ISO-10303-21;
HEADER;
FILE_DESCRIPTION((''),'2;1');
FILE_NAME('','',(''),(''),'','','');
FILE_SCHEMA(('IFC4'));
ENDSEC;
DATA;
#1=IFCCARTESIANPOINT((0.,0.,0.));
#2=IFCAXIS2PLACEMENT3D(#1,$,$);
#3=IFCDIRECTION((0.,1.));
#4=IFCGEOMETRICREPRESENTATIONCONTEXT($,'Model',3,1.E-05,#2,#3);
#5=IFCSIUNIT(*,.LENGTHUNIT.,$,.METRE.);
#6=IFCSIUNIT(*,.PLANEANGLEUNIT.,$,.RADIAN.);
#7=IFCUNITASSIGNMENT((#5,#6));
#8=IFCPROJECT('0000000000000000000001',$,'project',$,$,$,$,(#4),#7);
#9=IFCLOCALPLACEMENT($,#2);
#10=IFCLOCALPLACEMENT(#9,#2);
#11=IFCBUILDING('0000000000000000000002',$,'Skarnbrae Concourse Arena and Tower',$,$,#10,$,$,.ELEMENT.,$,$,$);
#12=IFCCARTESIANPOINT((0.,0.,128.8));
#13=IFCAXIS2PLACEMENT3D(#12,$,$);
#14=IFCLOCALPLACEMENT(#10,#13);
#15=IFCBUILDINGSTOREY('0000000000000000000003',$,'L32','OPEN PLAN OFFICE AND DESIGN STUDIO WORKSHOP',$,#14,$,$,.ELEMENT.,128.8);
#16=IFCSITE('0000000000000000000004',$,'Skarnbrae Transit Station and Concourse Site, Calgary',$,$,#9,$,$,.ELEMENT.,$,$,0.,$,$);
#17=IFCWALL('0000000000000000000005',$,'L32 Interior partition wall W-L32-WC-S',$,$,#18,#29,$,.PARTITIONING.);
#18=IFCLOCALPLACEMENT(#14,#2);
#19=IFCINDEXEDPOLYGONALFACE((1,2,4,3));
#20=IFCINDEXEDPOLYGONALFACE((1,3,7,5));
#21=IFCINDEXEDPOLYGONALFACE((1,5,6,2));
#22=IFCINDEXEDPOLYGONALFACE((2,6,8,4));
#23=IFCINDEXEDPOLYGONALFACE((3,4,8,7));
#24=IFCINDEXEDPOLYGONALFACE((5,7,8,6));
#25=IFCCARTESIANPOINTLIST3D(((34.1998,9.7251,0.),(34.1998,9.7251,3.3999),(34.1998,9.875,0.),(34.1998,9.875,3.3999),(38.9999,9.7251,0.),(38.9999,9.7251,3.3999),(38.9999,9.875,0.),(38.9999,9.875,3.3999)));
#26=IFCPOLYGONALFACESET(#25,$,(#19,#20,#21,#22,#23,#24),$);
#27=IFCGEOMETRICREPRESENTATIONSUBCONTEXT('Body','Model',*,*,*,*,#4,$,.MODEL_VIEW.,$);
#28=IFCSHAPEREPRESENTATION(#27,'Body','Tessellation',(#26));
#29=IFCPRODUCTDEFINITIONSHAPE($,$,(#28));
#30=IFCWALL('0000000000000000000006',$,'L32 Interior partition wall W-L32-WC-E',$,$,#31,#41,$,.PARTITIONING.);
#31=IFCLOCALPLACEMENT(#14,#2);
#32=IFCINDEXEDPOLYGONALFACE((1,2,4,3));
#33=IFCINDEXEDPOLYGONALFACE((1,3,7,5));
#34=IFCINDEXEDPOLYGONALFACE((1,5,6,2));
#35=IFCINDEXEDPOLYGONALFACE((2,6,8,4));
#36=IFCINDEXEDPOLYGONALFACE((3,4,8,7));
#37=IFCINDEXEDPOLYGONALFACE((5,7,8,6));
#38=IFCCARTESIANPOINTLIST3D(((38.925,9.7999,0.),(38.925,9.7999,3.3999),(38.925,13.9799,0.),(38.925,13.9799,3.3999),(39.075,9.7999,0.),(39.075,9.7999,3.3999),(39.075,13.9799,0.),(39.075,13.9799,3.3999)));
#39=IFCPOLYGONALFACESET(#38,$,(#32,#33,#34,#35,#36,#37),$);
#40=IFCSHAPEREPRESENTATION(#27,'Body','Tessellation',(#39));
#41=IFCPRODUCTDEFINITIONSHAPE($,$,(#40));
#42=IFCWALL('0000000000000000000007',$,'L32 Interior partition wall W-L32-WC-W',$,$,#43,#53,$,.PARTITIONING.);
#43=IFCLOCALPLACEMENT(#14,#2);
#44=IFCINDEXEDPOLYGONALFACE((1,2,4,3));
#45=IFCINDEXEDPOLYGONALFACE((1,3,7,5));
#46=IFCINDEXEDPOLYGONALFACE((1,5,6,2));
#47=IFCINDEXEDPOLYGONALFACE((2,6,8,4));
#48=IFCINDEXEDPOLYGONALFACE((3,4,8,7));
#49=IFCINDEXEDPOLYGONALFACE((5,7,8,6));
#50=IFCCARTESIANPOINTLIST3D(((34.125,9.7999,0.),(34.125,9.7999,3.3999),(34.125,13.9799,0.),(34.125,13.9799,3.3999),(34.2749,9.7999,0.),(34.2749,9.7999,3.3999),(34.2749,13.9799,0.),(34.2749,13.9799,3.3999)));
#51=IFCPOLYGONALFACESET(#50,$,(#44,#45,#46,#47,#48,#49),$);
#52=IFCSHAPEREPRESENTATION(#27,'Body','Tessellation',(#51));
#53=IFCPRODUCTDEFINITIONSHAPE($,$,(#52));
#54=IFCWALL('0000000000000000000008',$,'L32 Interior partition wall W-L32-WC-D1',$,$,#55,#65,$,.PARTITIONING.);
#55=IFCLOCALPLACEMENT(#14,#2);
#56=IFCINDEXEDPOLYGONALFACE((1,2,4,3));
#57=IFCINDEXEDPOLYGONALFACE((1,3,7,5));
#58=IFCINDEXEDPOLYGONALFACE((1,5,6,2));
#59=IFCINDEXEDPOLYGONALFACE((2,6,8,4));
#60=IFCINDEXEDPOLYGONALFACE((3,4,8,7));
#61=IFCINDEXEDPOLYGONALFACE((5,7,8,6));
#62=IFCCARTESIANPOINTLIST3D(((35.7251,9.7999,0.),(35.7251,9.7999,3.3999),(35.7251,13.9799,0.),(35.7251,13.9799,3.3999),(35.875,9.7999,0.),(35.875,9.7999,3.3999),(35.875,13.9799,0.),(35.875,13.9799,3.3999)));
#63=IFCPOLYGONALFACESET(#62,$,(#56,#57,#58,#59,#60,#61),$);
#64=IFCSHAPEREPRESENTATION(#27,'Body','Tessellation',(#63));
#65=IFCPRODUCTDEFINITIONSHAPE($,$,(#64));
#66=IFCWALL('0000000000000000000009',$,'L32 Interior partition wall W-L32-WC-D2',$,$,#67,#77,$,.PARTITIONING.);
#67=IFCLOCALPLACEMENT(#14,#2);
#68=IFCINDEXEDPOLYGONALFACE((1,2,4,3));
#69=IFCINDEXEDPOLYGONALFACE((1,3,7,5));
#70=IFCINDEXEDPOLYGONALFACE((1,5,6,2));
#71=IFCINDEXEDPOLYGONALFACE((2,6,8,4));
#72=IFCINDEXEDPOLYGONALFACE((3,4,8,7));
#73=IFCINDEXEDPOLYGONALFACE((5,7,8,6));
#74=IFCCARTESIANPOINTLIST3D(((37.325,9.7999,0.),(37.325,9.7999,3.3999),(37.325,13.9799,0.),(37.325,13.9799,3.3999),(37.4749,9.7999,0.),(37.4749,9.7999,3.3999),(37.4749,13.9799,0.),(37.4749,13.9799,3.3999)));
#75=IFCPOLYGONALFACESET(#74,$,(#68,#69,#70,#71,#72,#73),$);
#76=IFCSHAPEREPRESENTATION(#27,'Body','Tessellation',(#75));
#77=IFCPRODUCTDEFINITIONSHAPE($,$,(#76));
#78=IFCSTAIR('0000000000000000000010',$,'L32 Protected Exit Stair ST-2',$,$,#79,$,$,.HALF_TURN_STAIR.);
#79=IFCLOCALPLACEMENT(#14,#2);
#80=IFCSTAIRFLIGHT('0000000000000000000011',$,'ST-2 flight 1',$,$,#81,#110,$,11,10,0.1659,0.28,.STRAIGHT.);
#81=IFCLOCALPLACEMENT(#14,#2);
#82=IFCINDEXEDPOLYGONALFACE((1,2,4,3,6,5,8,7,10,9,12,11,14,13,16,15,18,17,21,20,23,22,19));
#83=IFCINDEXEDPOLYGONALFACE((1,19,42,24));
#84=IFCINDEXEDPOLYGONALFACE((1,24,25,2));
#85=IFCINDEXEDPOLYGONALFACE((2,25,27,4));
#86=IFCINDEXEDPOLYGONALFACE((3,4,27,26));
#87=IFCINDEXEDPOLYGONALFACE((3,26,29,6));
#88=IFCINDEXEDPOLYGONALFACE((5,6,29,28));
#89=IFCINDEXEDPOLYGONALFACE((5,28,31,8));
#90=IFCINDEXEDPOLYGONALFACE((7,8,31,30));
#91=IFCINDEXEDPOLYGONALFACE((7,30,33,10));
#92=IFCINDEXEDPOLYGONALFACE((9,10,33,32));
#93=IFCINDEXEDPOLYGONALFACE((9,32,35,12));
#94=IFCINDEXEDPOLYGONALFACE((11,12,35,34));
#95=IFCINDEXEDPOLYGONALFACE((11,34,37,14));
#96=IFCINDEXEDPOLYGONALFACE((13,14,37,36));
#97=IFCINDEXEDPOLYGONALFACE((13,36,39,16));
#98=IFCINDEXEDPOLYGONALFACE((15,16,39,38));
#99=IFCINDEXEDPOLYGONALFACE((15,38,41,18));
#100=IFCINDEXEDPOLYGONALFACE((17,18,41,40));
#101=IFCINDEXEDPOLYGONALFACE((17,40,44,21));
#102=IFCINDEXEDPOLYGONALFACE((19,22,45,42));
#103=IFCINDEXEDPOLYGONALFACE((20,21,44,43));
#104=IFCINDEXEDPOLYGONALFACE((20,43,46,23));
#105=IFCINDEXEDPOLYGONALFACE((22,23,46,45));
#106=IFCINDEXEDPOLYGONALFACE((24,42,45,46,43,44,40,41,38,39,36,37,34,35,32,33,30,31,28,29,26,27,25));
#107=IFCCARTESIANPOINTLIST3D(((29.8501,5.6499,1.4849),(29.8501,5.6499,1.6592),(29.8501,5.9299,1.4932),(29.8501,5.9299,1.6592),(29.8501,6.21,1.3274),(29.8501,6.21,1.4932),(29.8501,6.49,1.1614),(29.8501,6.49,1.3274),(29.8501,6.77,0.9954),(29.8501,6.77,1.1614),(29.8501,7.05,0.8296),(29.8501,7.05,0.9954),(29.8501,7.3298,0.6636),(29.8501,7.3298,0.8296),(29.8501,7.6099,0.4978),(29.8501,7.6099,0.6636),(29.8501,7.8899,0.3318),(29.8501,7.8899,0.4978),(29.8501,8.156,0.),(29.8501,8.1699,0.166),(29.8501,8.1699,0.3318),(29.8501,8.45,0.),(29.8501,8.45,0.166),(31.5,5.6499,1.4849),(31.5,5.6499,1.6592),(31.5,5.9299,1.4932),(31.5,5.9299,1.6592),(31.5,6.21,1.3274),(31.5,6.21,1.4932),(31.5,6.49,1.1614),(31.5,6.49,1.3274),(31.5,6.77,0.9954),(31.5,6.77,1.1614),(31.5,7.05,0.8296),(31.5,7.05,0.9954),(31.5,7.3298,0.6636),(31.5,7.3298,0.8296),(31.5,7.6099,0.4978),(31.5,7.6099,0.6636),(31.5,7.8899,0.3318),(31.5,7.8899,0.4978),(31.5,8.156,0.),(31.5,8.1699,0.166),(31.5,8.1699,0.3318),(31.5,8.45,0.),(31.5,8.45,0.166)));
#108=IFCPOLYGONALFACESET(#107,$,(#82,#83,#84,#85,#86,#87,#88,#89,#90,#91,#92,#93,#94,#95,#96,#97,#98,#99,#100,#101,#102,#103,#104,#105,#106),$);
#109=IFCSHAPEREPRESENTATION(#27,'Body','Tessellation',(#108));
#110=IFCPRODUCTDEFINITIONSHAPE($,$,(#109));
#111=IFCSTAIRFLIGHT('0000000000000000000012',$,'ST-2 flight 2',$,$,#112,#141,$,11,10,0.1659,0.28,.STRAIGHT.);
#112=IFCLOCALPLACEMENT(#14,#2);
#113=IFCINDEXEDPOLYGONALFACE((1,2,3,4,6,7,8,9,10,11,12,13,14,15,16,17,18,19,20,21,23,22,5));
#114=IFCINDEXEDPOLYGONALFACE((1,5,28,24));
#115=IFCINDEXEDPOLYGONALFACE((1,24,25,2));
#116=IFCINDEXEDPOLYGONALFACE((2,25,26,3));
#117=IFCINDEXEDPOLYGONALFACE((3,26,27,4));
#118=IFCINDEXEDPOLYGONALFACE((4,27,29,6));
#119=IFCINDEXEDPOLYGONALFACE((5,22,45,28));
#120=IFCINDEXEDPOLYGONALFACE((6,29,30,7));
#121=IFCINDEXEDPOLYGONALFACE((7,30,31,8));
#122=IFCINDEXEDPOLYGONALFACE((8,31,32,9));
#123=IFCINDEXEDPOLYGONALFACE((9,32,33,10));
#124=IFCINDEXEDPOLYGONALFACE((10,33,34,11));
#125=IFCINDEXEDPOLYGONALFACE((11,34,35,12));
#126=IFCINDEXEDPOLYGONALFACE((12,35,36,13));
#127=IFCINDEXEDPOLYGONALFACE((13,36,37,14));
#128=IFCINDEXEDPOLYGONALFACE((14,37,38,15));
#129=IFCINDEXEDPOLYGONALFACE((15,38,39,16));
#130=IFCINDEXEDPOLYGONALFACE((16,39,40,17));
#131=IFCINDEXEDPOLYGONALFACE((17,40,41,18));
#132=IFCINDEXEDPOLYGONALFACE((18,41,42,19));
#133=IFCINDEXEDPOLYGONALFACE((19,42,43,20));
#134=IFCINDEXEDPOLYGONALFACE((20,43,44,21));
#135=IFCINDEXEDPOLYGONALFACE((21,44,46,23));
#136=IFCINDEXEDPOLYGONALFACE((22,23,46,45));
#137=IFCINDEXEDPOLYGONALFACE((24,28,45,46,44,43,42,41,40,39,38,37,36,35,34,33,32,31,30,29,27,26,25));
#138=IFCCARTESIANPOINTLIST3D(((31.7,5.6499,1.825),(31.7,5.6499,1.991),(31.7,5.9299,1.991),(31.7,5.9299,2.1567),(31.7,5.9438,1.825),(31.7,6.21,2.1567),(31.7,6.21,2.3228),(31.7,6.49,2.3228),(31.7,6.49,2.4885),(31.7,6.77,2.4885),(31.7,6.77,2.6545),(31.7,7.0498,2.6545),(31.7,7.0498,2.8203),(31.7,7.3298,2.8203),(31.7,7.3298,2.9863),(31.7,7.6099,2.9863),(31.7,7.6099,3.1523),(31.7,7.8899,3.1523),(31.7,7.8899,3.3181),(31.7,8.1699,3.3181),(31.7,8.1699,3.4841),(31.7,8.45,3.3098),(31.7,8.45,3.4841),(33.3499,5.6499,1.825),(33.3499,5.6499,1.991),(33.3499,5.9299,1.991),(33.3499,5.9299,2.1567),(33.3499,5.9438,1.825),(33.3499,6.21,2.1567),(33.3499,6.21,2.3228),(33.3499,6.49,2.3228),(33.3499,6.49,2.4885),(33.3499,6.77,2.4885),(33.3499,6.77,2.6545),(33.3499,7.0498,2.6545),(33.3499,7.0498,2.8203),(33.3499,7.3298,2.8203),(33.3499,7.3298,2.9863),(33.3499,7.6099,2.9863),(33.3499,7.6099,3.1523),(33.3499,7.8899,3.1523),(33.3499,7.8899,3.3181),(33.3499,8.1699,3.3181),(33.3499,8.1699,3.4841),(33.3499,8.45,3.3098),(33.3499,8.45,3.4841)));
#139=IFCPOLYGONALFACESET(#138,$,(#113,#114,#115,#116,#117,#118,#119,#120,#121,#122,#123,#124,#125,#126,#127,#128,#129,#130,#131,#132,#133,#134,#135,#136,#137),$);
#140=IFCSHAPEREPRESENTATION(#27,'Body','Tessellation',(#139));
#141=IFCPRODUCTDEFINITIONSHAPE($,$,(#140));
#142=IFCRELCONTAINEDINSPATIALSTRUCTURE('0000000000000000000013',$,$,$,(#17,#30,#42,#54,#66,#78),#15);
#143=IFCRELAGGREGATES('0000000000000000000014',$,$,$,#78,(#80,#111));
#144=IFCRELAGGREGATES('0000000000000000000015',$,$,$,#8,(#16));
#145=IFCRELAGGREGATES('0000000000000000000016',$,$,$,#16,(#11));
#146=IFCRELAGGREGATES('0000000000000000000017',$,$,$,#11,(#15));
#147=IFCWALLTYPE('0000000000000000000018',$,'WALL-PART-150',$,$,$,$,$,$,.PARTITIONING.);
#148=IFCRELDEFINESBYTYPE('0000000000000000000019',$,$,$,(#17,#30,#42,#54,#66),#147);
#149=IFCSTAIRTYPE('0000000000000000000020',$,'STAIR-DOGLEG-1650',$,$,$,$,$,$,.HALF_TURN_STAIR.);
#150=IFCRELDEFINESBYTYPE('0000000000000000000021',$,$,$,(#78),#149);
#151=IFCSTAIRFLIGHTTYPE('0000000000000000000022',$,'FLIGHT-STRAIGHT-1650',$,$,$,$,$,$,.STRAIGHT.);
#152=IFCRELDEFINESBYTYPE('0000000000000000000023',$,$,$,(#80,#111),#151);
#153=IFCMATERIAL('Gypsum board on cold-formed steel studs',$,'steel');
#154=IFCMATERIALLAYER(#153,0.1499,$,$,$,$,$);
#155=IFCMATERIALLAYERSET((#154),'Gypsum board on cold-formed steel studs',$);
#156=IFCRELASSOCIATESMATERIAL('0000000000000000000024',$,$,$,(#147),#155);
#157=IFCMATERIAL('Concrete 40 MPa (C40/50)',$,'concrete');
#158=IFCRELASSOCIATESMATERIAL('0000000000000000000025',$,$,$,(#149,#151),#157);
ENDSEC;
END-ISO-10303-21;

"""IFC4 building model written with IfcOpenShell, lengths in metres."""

from ifc_helpers import new_model, si_unit, direction, frame, frame_2d, origin, place, context, subcontext, project, spatial, polyline, rectangle, outline, extrude, source, transform, mapped, material, layer, layer_set, type_object, element, aggregate, save


model = new_model("IFC4")

# Units and contexts
model_context = context("Model", 3, precision=1e-05, world=origin(), true_north=direction((0.0, 1.0)))
body_context = subcontext(model_context, "Body", "Model", "MODEL_VIEW")
ifc_project = project(units=[si_unit("LENGTHUNIT", "METRE"), si_unit("PLANEANGLEUNIT", "RADIAN")], contexts=[model_context])

# Site, building, storey
site_placement = place(None, origin())
site = spatial("IfcSite", under=ifc_project, at=site_placement, Name="Skarnbrae Transit Station and Concourse Site, Calgary", CompositionType="ELEMENT", RefElevation=0.0)
building_placement = place(site_placement, origin())
building = spatial("IfcBuilding", under=site, at=building_placement, Name="Skarnbrae Concourse Arena and Tower", CompositionType="ELEMENT")
storey_placement = place(building_placement, frame((0.0, 0.0, 128.8)))
storey = spatial("IfcBuildingStorey", under=building, at=storey_placement, Name="L32", Description="OPEN PLAN OFFICE AND DESIGN STUDIO WORKSHOP", CompositionType="ELEMENT", Elevation=128.8)

# Walls
ifc_material_1 = material(Name="Gypsum board on cold-formed steel studs", Category="steel")
ifc_layer_1 = layer(ifc_material_1, 0.1499)
ifc_layer_set_1 = layer_set([ifc_layer_1], Name="Gypsum board on cold-formed steel studs")
wall_type_1 = type_object("IfcWallType", Name="WALL-PART-150", PredefinedType="PARTITIONING", material=ifc_layer_set_1)
shared_shape_1 = source(origin(), body_context, "Body", "SweptSolid", [
    extrude(rectangle(XDim=4.8, YDim=0.1499, at=frame_2d((2.3999, 0.0))), origin(), (0.0, 0.0, 1.0), 3.3999),
])
wall_1_placement = place(storey_placement, frame((34.2, 9.8, 0.0), z_axis=(0.0, 0.0, 1.0), x_axis=(1.0, 0.0, 0.0)))
element("IfcWall", 1, at=wall_1_placement, inside=storey, type_object=wall_type_1, Name="L32 Interior partition wall W-L32-WC-S", PredefinedType="PARTITIONING", context=body_context, shape_type="MappedRepresentation", body=[
    mapped(shared_shape_1, transform((0.0, 0.0, 0.0))),
])
shared_shape_2 = source(origin(), body_context, "Body", "SweptSolid", [
    extrude(rectangle(XDim=4.1799, YDim=0.1499, at=frame_2d((2.0898, 0.0))), origin(), (0.0, 0.0, 1.0), 3.3999),
])
for number, where, z_axis, x_axis, name in (
    (2, (39.0, 9.8, 0.0), (0.0, 0.0, 1.0), (0.0, 1.0, 0.0), "L32 Interior partition wall W-L32-WC-E"),
    (3, (34.2, 9.8, 0.0), (0.0, 0.0, 1.0), (0.0, 1.0, 0.0), "L32 Interior partition wall W-L32-WC-W"),
    (4, (35.8, 9.8, 0.0), (0.0, 0.0, 1.0), (0.0, 1.0, 0.0), "L32 Interior partition wall W-L32-WC-D1"),
    (5, (37.3999, 9.8, 0.0), (0.0, 0.0, 1.0), (0.0, 1.0, 0.0), "L32 Interior partition wall W-L32-WC-D2"),
):
    element("IfcWall", number, at=place(storey_placement, frame(where, z_axis=z_axis, x_axis=x_axis)), inside=storey, type_object=wall_type_1, Name=name, PredefinedType="PARTITIONING", context=body_context, shape_type="MappedRepresentation", body=[
        mapped(shared_shape_2, transform((0.0, 0.0, 0.0))),
    ])

# Stair, stair flights
ifc_material_2 = material(Name="Concrete 40 MPa (C40/50)", Category="concrete")
stair_type = type_object("IfcStairType", Name="STAIR-DOGLEG-1650", PredefinedType="HALF_TURN_STAIR", material=ifc_material_2)
stair_placement = place(storey_placement, origin())
stair = element("IfcStair", 6, at=stair_placement, inside=storey, type_object=stair_type, Name="L32 Protected Exit Stair ST-2", PredefinedType="HALF_TURN_STAIR")
stair_flight_type = type_object("IfcStairFlightType", Name="FLIGHT-STRAIGHT-1650", PredefinedType="STRAIGHT", material=ifc_material_2)
shared_shape_3 = source(origin(), body_context, "Body", "SweptSolid", [
    extrude(outline(polyline([(0.0, 0.0), (0.0, 0.166), (0.28, 0.166), (0.28, 0.3318), (0.5601, 0.3318), (0.5601, 0.4978), (0.8401, 0.4978), (0.8401, 0.6636), (1.1201, 0.6636), (1.1201, 0.8296), (1.3999, 0.8296), (1.3999, 0.9954), (1.6799, 0.9954), (1.6799, 1.1614), (1.96, 1.1614), (1.96, 1.3274), (2.24, 1.3274), (2.24, 1.4932), (2.52, 1.4932), (2.52, 1.6592), (2.8, 1.6592), (2.8, 1.825), (2.8, 1.4849), (0.2939, 0.0), (0.0, 0.0)])), frame((0.0, 0.825, 0.0), z_axis=(0.0, -1.0, 0.0), x_axis=(1.0, 0.0, 0.0)), (0.0, 0.0, 1.0), 1.6499),
])
stair_flight_1_placement = place(storey_placement, frame((30.675, 8.45, 0.0), z_axis=(0.0, 0.0, 1.0), x_axis=(0.0, -1.0, 0.0)))
stair_flight_1 = element("IfcStairFlight", 7, at=stair_flight_1_placement, type_object=stair_flight_type, Name="ST-2 flight 1", NumberOfRisers=11, NumberOfTreads=10, PredefinedType="STRAIGHT", RiserHeight=0.1659, TreadLength=0.28, context=body_context, shape_type="MappedRepresentation", body=[
    mapped(shared_shape_3, transform((0.0, 0.0, 0.0))),
])
stair_flight_2_placement = place(storey_placement, frame((32.5249, 5.6499, 1.825), z_axis=(0.0, 0.0, 1.0), x_axis=(0.0, 1.0, 0.0)))
stair_flight_2 = element("IfcStairFlight", 8, at=stair_flight_2_placement, type_object=stair_flight_type, Name="ST-2 flight 2", NumberOfRisers=11, NumberOfTreads=10, PredefinedType="STRAIGHT", RiserHeight=0.1659, TreadLength=0.28, context=body_context, shape_type="MappedRepresentation", body=[
    mapped(shared_shape_3, transform((0.0, 0.0, 0.0))),
])
aggregate(stair, [stair_flight_1, stair_flight_2])

save(model, "model.ifc")
